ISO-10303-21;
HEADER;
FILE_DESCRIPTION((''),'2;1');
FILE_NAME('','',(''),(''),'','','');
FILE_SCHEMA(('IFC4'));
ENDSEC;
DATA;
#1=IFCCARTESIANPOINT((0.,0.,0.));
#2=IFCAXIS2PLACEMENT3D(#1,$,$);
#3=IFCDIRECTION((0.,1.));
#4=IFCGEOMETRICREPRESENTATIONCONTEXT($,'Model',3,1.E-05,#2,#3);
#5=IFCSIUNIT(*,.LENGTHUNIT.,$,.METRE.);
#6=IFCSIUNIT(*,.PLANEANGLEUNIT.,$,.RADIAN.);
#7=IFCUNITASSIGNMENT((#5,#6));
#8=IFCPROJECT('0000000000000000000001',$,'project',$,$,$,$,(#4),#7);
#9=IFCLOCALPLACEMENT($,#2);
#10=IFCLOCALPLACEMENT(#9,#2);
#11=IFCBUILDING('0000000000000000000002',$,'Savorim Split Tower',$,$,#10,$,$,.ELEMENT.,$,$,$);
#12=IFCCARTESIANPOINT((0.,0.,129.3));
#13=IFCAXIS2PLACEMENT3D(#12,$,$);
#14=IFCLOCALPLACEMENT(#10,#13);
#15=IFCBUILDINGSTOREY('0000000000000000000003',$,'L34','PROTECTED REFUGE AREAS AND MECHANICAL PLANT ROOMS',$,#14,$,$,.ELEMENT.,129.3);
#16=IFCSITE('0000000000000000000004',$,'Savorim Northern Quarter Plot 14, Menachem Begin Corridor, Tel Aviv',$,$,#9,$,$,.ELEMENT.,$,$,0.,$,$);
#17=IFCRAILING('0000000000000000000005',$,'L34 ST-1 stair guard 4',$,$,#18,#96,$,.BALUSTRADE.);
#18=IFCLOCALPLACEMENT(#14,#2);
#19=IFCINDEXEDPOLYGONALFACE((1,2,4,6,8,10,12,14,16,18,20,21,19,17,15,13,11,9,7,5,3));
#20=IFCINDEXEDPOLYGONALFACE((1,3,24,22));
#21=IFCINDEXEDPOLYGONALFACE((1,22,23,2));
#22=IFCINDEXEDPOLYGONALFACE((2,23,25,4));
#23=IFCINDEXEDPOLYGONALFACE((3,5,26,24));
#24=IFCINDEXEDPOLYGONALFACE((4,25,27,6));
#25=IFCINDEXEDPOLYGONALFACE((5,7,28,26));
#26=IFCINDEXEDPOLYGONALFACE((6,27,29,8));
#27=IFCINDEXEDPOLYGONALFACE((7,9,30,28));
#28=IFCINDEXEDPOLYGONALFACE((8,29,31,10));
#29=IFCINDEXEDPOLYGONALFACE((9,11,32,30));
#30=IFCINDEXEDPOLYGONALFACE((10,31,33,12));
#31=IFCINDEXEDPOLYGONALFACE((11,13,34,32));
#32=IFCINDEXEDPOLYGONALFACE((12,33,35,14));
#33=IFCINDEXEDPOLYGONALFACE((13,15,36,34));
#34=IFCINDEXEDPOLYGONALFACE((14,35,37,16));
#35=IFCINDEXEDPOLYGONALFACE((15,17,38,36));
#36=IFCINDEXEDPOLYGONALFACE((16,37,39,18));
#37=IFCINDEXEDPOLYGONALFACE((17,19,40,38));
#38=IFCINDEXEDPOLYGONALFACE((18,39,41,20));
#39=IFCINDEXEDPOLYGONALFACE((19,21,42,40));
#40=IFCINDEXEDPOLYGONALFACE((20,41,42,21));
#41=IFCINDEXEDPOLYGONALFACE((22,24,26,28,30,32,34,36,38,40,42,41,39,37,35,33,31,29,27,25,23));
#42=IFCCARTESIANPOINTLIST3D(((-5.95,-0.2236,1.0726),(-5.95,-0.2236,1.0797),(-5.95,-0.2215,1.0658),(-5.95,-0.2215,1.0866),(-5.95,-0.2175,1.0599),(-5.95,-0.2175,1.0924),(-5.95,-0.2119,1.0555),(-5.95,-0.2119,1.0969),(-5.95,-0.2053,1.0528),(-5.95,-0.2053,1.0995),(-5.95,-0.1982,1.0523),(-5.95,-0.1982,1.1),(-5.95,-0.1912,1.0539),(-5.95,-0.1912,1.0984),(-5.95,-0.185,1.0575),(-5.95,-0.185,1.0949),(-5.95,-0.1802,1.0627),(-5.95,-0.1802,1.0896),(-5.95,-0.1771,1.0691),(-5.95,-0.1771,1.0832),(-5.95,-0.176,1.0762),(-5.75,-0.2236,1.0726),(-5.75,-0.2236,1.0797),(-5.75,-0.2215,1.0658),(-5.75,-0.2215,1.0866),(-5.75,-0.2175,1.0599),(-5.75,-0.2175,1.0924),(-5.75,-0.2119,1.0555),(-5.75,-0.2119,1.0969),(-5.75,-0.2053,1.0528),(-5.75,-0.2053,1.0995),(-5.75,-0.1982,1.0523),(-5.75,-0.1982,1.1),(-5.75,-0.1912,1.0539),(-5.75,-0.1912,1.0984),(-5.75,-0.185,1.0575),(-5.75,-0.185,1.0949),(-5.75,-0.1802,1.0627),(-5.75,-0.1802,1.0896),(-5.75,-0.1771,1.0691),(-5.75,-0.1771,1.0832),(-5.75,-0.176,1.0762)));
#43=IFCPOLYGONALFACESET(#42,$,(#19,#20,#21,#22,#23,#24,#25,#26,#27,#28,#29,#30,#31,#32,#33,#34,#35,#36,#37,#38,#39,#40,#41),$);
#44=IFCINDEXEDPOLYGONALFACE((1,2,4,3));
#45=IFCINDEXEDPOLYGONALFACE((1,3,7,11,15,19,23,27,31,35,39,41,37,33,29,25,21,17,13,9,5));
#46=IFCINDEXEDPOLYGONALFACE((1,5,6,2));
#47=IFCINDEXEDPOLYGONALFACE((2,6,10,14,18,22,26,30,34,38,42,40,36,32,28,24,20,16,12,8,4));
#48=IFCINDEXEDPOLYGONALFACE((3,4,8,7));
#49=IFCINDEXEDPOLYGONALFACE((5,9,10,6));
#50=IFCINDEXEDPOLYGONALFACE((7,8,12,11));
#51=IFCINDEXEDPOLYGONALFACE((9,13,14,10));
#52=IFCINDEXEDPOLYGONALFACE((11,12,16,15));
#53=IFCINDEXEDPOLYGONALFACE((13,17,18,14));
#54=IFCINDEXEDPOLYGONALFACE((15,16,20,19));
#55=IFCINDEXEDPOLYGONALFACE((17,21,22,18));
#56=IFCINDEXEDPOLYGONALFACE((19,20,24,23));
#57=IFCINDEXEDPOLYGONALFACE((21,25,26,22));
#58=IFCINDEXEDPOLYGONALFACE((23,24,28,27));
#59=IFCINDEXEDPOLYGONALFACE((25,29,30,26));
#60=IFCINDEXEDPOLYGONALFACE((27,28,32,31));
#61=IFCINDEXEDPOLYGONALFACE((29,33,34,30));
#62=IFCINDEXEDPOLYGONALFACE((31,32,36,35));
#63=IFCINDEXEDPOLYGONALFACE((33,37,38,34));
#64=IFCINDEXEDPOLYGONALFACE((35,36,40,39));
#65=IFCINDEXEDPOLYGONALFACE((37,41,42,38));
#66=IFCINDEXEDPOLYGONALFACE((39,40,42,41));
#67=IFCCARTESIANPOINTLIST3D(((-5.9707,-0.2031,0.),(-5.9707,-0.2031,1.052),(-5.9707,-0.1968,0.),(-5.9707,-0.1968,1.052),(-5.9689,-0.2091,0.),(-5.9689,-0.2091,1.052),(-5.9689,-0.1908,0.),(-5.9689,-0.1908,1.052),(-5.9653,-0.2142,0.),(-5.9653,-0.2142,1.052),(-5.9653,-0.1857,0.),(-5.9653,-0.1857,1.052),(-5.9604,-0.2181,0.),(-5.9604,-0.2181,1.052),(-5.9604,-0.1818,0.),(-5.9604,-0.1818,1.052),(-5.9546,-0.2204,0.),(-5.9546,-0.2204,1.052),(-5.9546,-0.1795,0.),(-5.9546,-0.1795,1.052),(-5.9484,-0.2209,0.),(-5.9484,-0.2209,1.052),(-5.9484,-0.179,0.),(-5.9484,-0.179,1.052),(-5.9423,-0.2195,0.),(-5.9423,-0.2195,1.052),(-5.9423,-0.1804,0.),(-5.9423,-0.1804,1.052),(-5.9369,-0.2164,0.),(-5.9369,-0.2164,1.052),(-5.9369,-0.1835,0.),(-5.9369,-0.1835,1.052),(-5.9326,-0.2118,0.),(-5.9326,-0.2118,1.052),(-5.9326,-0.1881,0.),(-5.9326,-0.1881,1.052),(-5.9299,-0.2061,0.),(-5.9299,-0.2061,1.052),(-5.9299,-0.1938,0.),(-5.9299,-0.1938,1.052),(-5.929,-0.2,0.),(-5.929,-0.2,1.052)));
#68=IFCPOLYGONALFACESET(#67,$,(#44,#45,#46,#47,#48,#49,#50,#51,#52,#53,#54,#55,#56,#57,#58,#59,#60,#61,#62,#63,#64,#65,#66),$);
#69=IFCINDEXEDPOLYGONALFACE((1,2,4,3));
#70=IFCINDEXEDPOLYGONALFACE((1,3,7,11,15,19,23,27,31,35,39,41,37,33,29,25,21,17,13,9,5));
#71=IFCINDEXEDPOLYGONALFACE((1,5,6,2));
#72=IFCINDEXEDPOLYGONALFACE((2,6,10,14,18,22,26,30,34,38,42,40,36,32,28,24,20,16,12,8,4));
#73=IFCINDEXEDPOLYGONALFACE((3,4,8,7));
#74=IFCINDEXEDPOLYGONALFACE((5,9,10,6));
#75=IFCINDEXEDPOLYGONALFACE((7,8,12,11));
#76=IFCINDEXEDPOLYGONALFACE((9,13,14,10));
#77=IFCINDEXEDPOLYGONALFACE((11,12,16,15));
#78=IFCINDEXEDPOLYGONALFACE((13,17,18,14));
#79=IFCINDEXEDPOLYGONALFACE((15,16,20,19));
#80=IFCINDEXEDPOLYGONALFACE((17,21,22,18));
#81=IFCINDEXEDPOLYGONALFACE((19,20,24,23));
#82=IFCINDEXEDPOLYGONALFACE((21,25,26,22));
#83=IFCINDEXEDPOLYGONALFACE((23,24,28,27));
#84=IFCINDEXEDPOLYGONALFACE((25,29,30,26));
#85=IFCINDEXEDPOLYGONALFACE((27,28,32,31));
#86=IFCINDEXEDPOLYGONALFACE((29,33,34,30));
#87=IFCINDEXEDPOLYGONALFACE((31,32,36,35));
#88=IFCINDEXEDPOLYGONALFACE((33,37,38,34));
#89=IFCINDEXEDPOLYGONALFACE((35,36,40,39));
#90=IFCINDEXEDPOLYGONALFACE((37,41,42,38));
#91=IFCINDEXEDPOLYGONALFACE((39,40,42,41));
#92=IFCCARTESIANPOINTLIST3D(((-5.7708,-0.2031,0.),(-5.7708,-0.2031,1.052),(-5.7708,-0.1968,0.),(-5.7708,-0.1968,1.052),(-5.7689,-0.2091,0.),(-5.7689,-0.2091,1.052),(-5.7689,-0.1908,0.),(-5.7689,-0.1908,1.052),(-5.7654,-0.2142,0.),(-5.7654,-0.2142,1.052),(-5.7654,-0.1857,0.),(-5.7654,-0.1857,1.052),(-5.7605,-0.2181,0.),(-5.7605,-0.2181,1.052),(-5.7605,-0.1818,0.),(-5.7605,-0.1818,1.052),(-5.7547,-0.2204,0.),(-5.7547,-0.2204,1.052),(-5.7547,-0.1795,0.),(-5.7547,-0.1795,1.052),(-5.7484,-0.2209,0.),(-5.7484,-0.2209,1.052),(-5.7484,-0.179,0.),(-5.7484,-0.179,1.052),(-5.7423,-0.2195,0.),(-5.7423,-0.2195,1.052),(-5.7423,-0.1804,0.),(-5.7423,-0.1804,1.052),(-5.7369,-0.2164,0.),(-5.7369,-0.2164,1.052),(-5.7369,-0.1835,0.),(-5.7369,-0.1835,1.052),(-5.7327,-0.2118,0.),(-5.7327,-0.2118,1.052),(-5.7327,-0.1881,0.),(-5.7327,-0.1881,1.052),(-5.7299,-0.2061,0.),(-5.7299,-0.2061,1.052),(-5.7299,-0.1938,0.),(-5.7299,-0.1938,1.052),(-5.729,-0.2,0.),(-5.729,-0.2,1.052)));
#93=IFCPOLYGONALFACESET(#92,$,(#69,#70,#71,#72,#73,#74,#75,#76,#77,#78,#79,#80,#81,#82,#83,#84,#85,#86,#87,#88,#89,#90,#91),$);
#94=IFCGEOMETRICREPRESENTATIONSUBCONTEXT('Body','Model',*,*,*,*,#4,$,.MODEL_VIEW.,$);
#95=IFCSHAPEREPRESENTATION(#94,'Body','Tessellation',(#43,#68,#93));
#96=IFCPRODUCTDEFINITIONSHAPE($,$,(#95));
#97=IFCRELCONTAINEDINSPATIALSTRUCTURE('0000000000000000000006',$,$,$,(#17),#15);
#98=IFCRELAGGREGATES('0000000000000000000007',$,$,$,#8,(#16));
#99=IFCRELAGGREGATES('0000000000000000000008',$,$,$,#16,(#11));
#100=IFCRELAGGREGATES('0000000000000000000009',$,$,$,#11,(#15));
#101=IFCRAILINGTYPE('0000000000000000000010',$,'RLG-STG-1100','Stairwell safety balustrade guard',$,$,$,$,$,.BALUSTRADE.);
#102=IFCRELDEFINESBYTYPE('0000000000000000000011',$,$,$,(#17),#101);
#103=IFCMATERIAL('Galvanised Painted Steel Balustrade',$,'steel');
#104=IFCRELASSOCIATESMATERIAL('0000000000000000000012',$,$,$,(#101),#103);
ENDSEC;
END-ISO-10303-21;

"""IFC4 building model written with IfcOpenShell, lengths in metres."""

from ifc_helpers import new_model, si_unit, direction, frame, origin, origin_2d, place, context, subcontext, project, spatial, circle, extrude, material, type_object, element, save


model = new_model("IFC4")

# Units and contexts
model_context = context("Model", 3, precision=1e-05, world=origin(), true_north=direction((0.0, 1.0)))
body_context = subcontext(model_context, "Body", "Model", "MODEL_VIEW")
ifc_project = project(units=[si_unit("LENGTHUNIT", "METRE"), si_unit("PLANEANGLEUNIT", "RADIAN")], contexts=[model_context])

# Site, building, storey
site_placement = place(None, origin())
site = spatial("IfcSite", under=ifc_project, at=site_placement, Name="Savorim Northern Quarter Plot 14, Menachem Begin Corridor, Tel Aviv", CompositionType="ELEMENT", RefElevation=0.0)
building_placement = place(site_placement, origin())
building = spatial("IfcBuilding", under=site, at=building_placement, Name="Savorim Split Tower", CompositionType="ELEMENT")
storey_placement = place(building_placement, frame((0.0, 0.0, 129.3)))
storey = spatial("IfcBuildingStorey", under=building, at=storey_placement, Name="L34", Description="PROTECTED REFUGE AREAS AND MECHANICAL PLANT ROOMS", CompositionType="ELEMENT", Elevation=129.3)

# Railing
ifc_material_1 = material(Name="Galvanised Painted Steel Balustrade", Category="steel")
railing_type_1 = type_object("IfcRailingType", Name="RLG-STG-1100", Description="Stairwell safety balustrade guard", PredefinedType="BALUSTRADE", material=ifc_material_1)
railing_1_placement = place(storey_placement, frame((-5.95, -0.2, 0.0)))
element("IfcRailing", 1, at=railing_1_placement, inside=storey, type_object=railing_type_1, Name="L34 ST-1 stair guard 4", PredefinedType="BALUSTRADE", context=body_context, shape_type="SweptSolid", body=[
    extrude(circle(Radius=0.0239, at=origin_2d()), frame((0.0, 0.0, 1.0762), z_axis=(1.0, 0.0, 0.0), x_axis=(0.0, 1.0, 0.0)), (0.0, 0.0, 1.0), 0.2),
    extrude(circle(Radius=0.021, at=origin_2d()), origin(), (0.0, 0.0, 1.0), 1.052),
    extrude(circle(Radius=0.021, at=origin_2d()), frame((0.2, 0.0, 0.0)), (0.0, 0.0, 1.0), 1.052),
])

save(model, "model.ifc")
